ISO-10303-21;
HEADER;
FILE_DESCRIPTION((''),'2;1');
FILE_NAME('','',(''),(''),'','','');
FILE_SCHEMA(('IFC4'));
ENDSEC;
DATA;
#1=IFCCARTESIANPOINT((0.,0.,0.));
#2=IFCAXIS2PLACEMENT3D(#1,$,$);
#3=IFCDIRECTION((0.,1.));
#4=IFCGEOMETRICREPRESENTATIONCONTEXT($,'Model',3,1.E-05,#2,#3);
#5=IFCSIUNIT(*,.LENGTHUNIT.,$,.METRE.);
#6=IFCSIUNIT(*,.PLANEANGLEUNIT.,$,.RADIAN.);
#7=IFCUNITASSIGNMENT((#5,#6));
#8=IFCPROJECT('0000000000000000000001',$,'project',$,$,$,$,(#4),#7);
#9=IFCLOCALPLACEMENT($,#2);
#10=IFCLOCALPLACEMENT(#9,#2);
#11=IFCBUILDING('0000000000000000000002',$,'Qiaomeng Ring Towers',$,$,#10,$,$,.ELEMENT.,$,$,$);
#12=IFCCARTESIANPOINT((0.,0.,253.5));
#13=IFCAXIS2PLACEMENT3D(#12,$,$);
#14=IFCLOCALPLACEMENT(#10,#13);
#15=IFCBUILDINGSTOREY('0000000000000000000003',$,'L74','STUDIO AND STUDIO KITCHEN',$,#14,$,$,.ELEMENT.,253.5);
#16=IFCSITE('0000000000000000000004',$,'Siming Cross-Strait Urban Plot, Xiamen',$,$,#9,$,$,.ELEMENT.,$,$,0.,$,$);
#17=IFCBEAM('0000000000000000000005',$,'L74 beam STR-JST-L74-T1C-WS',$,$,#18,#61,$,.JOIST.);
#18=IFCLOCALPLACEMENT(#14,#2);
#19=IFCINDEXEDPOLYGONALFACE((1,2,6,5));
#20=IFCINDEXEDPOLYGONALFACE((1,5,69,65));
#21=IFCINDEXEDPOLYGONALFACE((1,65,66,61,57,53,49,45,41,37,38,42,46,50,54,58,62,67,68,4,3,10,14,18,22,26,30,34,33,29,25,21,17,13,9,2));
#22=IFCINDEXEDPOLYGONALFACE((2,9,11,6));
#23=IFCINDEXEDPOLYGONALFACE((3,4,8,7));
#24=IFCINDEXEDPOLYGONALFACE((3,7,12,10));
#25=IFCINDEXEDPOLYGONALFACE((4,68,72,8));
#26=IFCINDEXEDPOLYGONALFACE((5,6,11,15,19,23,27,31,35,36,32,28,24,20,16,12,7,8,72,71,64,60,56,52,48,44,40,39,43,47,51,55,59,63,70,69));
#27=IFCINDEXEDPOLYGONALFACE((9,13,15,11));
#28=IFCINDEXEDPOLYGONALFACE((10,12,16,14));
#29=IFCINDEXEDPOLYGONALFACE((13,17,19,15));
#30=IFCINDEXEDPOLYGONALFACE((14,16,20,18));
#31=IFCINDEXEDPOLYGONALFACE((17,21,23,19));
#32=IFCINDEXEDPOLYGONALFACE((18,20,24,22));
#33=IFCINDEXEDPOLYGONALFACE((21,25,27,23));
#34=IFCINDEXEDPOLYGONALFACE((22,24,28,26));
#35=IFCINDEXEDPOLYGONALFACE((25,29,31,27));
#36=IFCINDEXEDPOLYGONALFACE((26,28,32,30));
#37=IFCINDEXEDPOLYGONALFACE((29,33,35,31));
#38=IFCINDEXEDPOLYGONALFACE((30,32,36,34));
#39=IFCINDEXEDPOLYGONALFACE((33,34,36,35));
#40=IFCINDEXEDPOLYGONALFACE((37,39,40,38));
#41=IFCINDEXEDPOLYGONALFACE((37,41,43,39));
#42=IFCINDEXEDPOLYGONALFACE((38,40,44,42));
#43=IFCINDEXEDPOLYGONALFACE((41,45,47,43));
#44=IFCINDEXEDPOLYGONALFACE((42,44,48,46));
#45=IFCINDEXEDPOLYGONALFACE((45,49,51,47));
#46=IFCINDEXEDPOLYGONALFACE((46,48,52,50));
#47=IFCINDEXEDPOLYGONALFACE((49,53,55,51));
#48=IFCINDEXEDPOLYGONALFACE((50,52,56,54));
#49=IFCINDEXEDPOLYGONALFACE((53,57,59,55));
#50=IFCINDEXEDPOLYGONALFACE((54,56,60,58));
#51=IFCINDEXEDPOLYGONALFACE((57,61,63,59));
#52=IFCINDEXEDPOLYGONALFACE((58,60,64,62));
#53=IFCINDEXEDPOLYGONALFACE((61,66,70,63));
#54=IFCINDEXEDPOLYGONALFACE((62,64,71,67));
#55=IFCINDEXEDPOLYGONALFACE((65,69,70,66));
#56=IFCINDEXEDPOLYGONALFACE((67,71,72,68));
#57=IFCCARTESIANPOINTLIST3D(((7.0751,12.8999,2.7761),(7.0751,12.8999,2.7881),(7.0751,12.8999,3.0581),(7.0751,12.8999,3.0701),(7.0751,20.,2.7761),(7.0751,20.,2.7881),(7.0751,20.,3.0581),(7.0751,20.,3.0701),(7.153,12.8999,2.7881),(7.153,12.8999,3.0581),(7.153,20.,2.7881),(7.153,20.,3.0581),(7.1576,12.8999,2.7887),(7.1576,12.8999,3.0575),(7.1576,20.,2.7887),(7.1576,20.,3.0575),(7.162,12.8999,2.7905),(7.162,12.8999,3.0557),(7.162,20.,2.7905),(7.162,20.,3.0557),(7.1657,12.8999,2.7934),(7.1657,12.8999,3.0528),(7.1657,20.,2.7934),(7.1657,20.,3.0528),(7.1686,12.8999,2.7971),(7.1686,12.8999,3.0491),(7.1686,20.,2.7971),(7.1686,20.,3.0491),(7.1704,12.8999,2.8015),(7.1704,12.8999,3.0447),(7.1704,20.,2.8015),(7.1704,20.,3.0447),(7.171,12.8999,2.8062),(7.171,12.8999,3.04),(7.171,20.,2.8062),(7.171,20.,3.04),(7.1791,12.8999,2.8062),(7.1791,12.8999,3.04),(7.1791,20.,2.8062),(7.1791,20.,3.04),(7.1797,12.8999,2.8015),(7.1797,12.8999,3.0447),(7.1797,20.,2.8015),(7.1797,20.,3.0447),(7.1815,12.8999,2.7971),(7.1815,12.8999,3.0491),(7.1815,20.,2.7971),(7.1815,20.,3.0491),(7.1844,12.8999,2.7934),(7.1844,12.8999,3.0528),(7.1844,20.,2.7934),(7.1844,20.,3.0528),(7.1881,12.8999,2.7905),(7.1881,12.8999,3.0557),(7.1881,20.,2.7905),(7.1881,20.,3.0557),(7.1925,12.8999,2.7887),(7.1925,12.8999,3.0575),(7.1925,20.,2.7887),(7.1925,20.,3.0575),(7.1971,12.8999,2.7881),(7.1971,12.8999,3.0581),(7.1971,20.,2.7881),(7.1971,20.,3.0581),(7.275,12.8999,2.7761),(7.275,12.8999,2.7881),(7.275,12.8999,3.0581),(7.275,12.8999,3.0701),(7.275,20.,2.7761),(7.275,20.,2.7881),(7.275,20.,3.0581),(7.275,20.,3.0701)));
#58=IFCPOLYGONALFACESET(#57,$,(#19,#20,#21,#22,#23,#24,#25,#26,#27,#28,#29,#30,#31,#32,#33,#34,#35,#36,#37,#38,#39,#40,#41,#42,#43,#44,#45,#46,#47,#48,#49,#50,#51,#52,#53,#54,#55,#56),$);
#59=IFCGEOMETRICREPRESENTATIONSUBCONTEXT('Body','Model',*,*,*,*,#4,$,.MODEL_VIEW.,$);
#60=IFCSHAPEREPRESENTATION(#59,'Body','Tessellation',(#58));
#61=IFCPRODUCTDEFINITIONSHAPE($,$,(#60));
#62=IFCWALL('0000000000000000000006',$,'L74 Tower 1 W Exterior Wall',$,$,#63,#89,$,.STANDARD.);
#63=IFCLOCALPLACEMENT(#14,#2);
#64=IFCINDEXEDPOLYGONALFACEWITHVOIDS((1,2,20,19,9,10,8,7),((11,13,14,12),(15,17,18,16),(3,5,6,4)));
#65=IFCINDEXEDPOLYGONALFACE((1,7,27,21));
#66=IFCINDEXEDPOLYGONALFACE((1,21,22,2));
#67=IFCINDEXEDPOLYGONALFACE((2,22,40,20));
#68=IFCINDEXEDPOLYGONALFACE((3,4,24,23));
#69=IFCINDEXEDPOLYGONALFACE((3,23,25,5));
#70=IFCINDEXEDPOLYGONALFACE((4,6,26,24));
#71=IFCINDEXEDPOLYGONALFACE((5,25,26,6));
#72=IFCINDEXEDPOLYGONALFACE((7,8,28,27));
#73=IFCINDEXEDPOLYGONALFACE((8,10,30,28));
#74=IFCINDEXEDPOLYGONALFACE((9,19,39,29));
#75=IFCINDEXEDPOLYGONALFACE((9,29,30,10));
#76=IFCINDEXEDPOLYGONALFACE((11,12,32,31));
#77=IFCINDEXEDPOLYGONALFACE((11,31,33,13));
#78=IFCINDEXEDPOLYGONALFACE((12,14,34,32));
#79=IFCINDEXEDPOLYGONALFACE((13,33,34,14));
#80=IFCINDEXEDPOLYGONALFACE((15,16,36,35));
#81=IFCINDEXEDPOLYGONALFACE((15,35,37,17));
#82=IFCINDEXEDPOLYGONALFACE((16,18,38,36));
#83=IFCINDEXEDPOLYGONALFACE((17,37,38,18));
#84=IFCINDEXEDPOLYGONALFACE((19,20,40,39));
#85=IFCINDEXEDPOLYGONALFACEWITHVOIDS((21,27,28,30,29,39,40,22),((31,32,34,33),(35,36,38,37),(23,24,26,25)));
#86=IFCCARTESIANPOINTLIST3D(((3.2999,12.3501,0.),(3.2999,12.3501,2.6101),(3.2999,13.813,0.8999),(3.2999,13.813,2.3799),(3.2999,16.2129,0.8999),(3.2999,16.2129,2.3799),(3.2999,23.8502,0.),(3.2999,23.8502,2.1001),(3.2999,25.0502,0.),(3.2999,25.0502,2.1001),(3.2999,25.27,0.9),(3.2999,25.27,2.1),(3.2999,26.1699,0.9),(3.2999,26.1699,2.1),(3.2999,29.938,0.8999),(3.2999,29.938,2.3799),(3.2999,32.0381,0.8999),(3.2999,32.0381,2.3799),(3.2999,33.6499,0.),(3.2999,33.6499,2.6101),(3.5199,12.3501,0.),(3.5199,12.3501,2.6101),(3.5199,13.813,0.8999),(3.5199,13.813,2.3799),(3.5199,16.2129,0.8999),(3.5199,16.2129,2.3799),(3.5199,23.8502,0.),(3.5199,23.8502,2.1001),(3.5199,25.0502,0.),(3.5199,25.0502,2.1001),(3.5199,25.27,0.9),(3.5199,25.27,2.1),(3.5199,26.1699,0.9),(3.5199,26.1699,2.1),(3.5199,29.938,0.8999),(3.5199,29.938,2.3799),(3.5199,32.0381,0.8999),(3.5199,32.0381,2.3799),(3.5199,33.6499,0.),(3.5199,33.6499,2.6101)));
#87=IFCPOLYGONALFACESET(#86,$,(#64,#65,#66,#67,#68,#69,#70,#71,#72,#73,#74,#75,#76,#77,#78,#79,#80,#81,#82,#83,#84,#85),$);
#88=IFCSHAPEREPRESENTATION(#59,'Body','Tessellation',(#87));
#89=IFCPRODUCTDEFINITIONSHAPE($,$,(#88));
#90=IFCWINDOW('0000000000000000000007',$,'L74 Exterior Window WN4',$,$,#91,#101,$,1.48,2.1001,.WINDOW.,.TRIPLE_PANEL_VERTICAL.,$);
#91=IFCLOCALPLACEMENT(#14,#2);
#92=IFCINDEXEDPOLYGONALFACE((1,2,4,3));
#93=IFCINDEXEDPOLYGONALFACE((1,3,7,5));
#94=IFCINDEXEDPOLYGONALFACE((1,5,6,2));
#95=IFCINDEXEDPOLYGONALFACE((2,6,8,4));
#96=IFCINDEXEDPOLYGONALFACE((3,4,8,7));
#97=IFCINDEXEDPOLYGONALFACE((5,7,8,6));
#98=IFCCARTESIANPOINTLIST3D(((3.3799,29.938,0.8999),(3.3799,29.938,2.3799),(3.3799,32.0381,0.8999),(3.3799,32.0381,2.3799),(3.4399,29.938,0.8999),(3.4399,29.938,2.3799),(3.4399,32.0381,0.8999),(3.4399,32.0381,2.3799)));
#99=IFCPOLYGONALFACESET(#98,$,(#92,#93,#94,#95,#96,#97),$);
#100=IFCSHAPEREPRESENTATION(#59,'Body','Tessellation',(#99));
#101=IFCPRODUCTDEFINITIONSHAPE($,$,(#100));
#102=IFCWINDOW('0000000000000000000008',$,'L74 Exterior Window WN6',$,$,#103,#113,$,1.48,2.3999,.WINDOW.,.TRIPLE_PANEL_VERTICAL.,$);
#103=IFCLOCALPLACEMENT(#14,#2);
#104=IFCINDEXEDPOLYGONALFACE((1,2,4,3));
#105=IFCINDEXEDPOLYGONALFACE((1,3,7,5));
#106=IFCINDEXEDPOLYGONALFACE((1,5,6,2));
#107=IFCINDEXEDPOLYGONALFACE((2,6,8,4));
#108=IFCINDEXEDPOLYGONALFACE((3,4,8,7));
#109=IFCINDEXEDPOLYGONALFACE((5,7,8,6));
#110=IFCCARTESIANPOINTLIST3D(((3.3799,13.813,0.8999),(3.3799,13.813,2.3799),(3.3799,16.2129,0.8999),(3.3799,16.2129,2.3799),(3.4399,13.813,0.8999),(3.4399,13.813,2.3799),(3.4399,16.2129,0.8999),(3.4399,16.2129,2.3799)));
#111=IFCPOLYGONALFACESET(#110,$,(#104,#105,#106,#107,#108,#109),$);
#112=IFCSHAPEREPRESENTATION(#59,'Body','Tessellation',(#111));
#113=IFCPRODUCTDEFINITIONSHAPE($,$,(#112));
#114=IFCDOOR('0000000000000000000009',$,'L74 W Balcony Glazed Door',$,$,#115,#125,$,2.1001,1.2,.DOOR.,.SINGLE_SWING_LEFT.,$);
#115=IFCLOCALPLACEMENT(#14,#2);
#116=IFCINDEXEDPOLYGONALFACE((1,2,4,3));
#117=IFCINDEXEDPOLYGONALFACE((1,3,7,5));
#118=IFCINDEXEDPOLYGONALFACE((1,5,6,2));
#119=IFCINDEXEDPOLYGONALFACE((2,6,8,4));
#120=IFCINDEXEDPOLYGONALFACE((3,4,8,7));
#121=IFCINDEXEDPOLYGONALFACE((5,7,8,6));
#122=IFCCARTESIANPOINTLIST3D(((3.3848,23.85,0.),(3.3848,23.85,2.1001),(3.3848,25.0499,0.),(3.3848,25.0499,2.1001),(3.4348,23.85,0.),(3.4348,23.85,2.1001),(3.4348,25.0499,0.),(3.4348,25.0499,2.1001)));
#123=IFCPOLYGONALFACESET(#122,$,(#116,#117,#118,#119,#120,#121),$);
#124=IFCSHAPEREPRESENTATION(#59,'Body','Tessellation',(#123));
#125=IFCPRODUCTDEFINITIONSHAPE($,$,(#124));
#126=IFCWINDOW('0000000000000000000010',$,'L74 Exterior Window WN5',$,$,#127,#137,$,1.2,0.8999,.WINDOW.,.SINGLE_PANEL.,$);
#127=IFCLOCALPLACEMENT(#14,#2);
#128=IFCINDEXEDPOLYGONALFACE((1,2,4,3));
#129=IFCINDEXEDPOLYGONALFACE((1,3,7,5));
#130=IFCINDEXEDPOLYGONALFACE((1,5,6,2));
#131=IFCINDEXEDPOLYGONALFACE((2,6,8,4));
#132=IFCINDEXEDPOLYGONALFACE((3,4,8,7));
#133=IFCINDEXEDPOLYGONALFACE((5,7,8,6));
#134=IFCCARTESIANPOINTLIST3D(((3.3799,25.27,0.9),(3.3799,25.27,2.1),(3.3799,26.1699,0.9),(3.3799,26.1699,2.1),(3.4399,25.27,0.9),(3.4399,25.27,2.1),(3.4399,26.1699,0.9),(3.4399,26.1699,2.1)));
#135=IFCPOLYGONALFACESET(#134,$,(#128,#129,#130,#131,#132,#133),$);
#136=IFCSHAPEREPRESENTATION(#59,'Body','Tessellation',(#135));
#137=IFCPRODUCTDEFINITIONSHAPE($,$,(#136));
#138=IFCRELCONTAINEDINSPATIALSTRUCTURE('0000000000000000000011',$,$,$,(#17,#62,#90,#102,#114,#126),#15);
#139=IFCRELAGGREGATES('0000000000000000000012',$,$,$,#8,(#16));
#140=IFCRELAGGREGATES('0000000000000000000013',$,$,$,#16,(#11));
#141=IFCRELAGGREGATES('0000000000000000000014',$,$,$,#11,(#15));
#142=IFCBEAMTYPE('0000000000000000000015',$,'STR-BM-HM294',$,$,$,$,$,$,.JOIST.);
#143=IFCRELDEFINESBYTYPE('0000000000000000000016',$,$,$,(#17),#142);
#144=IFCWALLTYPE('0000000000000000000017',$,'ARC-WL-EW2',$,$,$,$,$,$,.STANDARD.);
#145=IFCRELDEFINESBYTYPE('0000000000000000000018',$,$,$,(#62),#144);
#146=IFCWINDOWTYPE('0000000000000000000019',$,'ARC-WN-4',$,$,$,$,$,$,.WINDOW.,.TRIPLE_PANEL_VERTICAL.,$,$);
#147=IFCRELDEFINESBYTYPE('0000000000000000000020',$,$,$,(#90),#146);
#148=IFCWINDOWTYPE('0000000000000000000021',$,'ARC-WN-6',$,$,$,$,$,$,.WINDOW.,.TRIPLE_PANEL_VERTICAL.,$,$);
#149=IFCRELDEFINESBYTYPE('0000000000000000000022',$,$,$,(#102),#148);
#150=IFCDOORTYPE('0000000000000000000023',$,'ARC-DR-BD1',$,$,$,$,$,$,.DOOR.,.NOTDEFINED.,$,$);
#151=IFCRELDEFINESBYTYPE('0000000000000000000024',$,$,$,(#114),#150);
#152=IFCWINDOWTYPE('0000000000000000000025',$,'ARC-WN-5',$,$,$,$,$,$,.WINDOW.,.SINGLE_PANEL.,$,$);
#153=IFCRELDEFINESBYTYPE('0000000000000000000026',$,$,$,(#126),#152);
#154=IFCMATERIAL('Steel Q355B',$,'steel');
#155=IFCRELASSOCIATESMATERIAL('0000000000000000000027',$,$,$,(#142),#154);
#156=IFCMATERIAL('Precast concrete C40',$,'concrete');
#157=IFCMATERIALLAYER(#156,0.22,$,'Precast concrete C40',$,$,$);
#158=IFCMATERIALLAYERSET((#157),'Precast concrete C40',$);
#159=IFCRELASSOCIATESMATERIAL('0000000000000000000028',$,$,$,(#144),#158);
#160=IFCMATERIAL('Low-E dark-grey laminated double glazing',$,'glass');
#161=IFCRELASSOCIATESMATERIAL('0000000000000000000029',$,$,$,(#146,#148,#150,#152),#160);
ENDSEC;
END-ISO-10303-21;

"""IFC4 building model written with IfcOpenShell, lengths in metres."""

from ifc_helpers import new_model, si_unit, direction, frame, frame_2d, origin, origin_2d, place, context, subcontext, project, spatial, rectangle, i_section, extrude, source, transform, mapped, material, layer, layer_set, material_profile, profile_set, type_object, element, fill, save


model = new_model("IFC4")

# Units and contexts
model_context = context("Model", 3, precision=1e-05, world=origin(), true_north=direction((0.0, 1.0)))
body_context = subcontext(model_context, "Body", "Model", "MODEL_VIEW")
ifc_project = project(units=[si_unit("LENGTHUNIT", "METRE"), si_unit("PLANEANGLEUNIT", "RADIAN")], contexts=[model_context])

# Site, building, storey
site_placement = place(None, origin())
site = spatial("IfcSite", under=ifc_project, at=site_placement, Name="Siming Cross-Strait Urban Plot, Xiamen", CompositionType="ELEMENT", RefElevation=0.0)
building_placement = place(site_placement, origin())
building = spatial("IfcBuilding", under=site, at=building_placement, Name="Qiaomeng Ring Towers", CompositionType="ELEMENT")
storey_placement = place(building_placement, frame((0.0, 0.0, 253.5)))
storey = spatial("IfcBuildingStorey", under=building, at=storey_placement, Name="L74", Description="STUDIO AND STUDIO KITCHEN", CompositionType="ELEMENT", Elevation=253.5)

# Beam
ifc_material_1 = material(Name="Steel Q355B", Category="steel")
ifc_material_profile_1 = material_profile(ifc_material_1, i_section(OverallWidth=0.2, OverallDepth=0.2939, WebThickness=0.0081, FlangeThickness=0.012, FilletRadius=0.0181, at=origin_2d()), Name="HM 294x200x8x12")
ifc_profile_set_1 = profile_set([ifc_material_profile_1], Name="Steel Q355B")
beam_type_1 = type_object("IfcBeamType", Name="STR-BM-HM294", PredefinedType="JOIST", material=ifc_profile_set_1)
shared_shape_1 = source(origin(), body_context, "Body", "SweptSolid", [
    extrude(i_section(OverallWidth=0.2, OverallDepth=0.2939, WebThickness=0.0081, FlangeThickness=0.012, FilletRadius=0.0181, at=origin_2d()), origin(), (0.0, 0.0, 1.0), 7.1001),
])
beam_1_placement = place(storey_placement, frame((7.175, 12.8999, 2.9231), z_axis=(0.0, 1.0, 0.0), x_axis=(-1.0, 0.0, 0.0)))
element("IfcBeam", 1, at=beam_1_placement, inside=storey, type_object=beam_type_1, Name="L74 beam STR-JST-L74-T1C-WS", PredefinedType="JOIST", context=body_context, shape_type="MappedRepresentation", body=[
    mapped(shared_shape_1, transform((0.0, 0.0, 0.0), x_axis=(1.0, 0.0, 0.0), y_axis=(0.0, 1.0, 0.0), z_axis=(0.0, 0.0, 1.0), scale=1.0)),
])

# Wall, openings, windows, door
ifc_material_2 = material(Name="Precast concrete C40", Category="concrete")
ifc_layer_1 = layer(ifc_material_2, 0.22, Name="Precast concrete C40")
ifc_layer_set_1 = layer_set([ifc_layer_1], Name="Precast concrete C40")
wall_type_1 = type_object("IfcWallType", Name="ARC-WL-EW2", PredefinedType="STANDARD", material=ifc_layer_set_1)
wall_1_placement = place(storey_placement, frame((3.4099, 12.3501, 0.0), z_axis=(0.0, 0.0, 1.0), x_axis=(0.0, 1.0, 0.0)))
wall_1 = element("IfcWall", 2, at=wall_1_placement, inside=storey, type_object=wall_type_1, Name="L74 Tower 1 W Exterior Wall", PredefinedType="STANDARD", context=body_context, shape_type="SweptSolid", body=[
    extrude(rectangle(XDim=21.2998, YDim=0.22, at=frame_2d((10.6499, 0.0))), origin(), (0.0, 0.0, 1.0), 2.6101),
])
opening_1_placement = place(wall_1_placement, frame((11.5, 0.0, 0.0)))
opening_1 = element("IfcOpeningElement", 3, at=opening_1_placement, cuts=wall_1, PredefinedType="OPENING", context=body_context, shape_type="SweptSolid", body=[
    extrude(rectangle(XDim=1.2, YDim=2.1001, at=frame_2d((0.6001, 1.05))), frame((0.0, 0.1199, 0.0), z_axis=(0.0, -1.0, 0.0), x_axis=(1.0, 0.0, 0.0)), (0.0, 0.0, 1.0), 0.24),
])
opening_2_placement = place(wall_1_placement, frame((1.4629, 0.0, 0.8999)))
opening_2 = element("IfcOpeningElement", 4, at=opening_2_placement, cuts=wall_1, PredefinedType="OPENING", context=body_context, shape_type="SweptSolid", body=[
    extrude(rectangle(XDim=2.3999, YDim=1.48, at=frame_2d((1.2, 0.74))), frame((0.0, 0.1199, 0.0), z_axis=(0.0, -1.0, 0.0), x_axis=(1.0, 0.0, 0.0)), (0.0, 0.0, 1.0), 0.24),
])
opening_3_placement = place(wall_1_placement, frame((17.5879, 0.0, 0.8999)))
opening_3 = element("IfcOpeningElement", 5, at=opening_3_placement, cuts=wall_1, PredefinedType="OPENING", context=body_context, shape_type="SweptSolid", body=[
    extrude(rectangle(XDim=2.1001, YDim=1.48, at=frame_2d((1.05, 0.74))), frame((0.0, 0.1199, 0.0), z_axis=(0.0, -1.0, 0.0), x_axis=(1.0, 0.0, 0.0)), (0.0, 0.0, 1.0), 0.24),
])
opening_4_placement = place(wall_1_placement, frame((12.9199, 0.0, 0.8999)))
opening_4 = element("IfcOpeningElement", 6, at=opening_4_placement, cuts=wall_1, PredefinedType="OPENING", context=body_context, shape_type="SweptSolid", body=[
    extrude(rectangle(XDim=0.8999, YDim=1.2, at=frame_2d((0.45, 0.6001))), frame((0.0, 0.1199, 0.0), z_axis=(0.0, -1.0, 0.0), x_axis=(1.0, 0.0, 0.0)), (0.0, 0.0, 1.0), 0.24),
])
ifc_material_3 = material(Name="Low-E dark-grey laminated double glazing", Category="glass")
window_type_1 = type_object("IfcWindowType", Name="ARC-WN-4", PartitioningType="TRIPLE_PANEL_VERTICAL", PredefinedType="WINDOW", material=ifc_material_3)
shared_shape_2 = source(origin(), body_context, "Body", "SweptSolid", [
    extrude(rectangle(XDim=2.1001, YDim=1.48, at=frame_2d((1.05, 0.74))), frame((0.0, 0.03, 0.0), z_axis=(0.0, -1.0, 0.0), x_axis=(1.0, 0.0, 0.0)), (0.0, 0.0, 1.0), 0.0601),
])
window_1_placement = place(opening_3_placement, origin())
window_1 = element("IfcWindow", 7, at=window_1_placement, inside=storey, type_object=window_type_1, Name="L74 Exterior Window WN4", OverallHeight=1.48, OverallWidth=2.1001, PartitioningType="TRIPLE_PANEL_VERTICAL", PredefinedType="WINDOW", context=body_context, shape_type="MappedRepresentation", body=[
    mapped(shared_shape_2, transform((0.0, 0.0, 0.0), x_axis=(1.0, 0.0, 0.0), y_axis=(0.0, 1.0, 0.0), z_axis=(0.0, 0.0, 1.0), scale=1.0)),
])
fill(opening_3, window_1)
window_type_2 = type_object("IfcWindowType", Name="ARC-WN-6", PartitioningType="TRIPLE_PANEL_VERTICAL", PredefinedType="WINDOW", material=ifc_material_3)
shared_shape_3 = source(origin(), body_context, "Body", "SweptSolid", [
    extrude(rectangle(XDim=2.3999, YDim=1.48, at=frame_2d((1.2, 0.74))), frame((0.0, 0.03, 0.0), z_axis=(0.0, -1.0, 0.0), x_axis=(1.0, 0.0, 0.0)), (0.0, 0.0, 1.0), 0.0601),
])
window_2_placement = place(opening_2_placement, origin())
window_2 = element("IfcWindow", 8, at=window_2_placement, inside=storey, type_object=window_type_2, Name="L74 Exterior Window WN6", OverallHeight=1.48, OverallWidth=2.3999, PartitioningType="TRIPLE_PANEL_VERTICAL", PredefinedType="WINDOW", context=body_context, shape_type="MappedRepresentation", body=[
    mapped(shared_shape_3, transform((0.0, 0.0, 0.0), x_axis=(1.0, 0.0, 0.0), y_axis=(0.0, 1.0, 0.0), z_axis=(0.0, 0.0, 1.0), scale=1.0)),
])
fill(opening_2, window_2)
door_type_1 = type_object("IfcDoorType", Name="ARC-DR-BD1", OperationType="NOTDEFINED", PredefinedType="DOOR", material=ifc_material_3)
shared_shape_4 = source(origin(), body_context, "Body", "SweptSolid", [
    extrude(rectangle(XDim=1.2, YDim=2.1001, at=frame_2d((0.6001, 1.05))), frame((0.0, 0.0249, 0.0), z_axis=(0.0, -1.0, 0.0), x_axis=(1.0, 0.0, 0.0)), (0.0, 0.0, 1.0), 0.05),
])
door_1_placement = place(opening_1_placement, frame((1.2, 0.0, 0.0), z_axis=(0.0, 0.0, 1.0), x_axis=(-1.0, 0.0, 0.0)))
door_1 = element("IfcDoor", 9, at=door_1_placement, inside=storey, type_object=door_type_1, Name="L74 W Balcony Glazed Door", OperationType="SINGLE_SWING_LEFT", OverallHeight=2.1001, OverallWidth=1.2, PredefinedType="DOOR", context=body_context, shape_type="MappedRepresentation", body=[
    mapped(shared_shape_4, transform((0.0, 0.0, 0.0), x_axis=(1.0, 0.0, 0.0), y_axis=(0.0, 1.0, 0.0), z_axis=(0.0, 0.0, 1.0), scale=1.0)),
])
fill(opening_1, door_1)
window_type_3 = type_object("IfcWindowType", Name="ARC-WN-5", PartitioningType="SINGLE_PANEL", PredefinedType="WINDOW", material=ifc_material_3)
shared_shape_5 = source(origin(), body_context, "Body", "SweptSolid", [
    extrude(rectangle(XDim=0.8999, YDim=1.2, at=frame_2d((0.45, 0.6001))), frame((0.0, 0.03, 0.0), z_axis=(0.0, -1.0, 0.0), x_axis=(1.0, 0.0, 0.0)), (0.0, 0.0, 1.0), 0.0601),
])
window_3_placement = place(opening_4_placement, origin())
window_3 = element("IfcWindow", 10, at=window_3_placement, inside=storey, type_object=window_type_3, Name="L74 Exterior Window WN5", OverallHeight=1.2, OverallWidth=0.8999, PartitioningType="SINGLE_PANEL", PredefinedType="WINDOW", context=body_context, shape_type="MappedRepresentation", body=[
    mapped(shared_shape_5, transform((0.0, 0.0, 0.0), x_axis=(1.0, 0.0, 0.0), y_axis=(0.0, 1.0, 0.0), z_axis=(0.0, 0.0, 1.0), scale=1.0)),
])
fill(opening_4, window_3)

save(model, "model.ifc")
